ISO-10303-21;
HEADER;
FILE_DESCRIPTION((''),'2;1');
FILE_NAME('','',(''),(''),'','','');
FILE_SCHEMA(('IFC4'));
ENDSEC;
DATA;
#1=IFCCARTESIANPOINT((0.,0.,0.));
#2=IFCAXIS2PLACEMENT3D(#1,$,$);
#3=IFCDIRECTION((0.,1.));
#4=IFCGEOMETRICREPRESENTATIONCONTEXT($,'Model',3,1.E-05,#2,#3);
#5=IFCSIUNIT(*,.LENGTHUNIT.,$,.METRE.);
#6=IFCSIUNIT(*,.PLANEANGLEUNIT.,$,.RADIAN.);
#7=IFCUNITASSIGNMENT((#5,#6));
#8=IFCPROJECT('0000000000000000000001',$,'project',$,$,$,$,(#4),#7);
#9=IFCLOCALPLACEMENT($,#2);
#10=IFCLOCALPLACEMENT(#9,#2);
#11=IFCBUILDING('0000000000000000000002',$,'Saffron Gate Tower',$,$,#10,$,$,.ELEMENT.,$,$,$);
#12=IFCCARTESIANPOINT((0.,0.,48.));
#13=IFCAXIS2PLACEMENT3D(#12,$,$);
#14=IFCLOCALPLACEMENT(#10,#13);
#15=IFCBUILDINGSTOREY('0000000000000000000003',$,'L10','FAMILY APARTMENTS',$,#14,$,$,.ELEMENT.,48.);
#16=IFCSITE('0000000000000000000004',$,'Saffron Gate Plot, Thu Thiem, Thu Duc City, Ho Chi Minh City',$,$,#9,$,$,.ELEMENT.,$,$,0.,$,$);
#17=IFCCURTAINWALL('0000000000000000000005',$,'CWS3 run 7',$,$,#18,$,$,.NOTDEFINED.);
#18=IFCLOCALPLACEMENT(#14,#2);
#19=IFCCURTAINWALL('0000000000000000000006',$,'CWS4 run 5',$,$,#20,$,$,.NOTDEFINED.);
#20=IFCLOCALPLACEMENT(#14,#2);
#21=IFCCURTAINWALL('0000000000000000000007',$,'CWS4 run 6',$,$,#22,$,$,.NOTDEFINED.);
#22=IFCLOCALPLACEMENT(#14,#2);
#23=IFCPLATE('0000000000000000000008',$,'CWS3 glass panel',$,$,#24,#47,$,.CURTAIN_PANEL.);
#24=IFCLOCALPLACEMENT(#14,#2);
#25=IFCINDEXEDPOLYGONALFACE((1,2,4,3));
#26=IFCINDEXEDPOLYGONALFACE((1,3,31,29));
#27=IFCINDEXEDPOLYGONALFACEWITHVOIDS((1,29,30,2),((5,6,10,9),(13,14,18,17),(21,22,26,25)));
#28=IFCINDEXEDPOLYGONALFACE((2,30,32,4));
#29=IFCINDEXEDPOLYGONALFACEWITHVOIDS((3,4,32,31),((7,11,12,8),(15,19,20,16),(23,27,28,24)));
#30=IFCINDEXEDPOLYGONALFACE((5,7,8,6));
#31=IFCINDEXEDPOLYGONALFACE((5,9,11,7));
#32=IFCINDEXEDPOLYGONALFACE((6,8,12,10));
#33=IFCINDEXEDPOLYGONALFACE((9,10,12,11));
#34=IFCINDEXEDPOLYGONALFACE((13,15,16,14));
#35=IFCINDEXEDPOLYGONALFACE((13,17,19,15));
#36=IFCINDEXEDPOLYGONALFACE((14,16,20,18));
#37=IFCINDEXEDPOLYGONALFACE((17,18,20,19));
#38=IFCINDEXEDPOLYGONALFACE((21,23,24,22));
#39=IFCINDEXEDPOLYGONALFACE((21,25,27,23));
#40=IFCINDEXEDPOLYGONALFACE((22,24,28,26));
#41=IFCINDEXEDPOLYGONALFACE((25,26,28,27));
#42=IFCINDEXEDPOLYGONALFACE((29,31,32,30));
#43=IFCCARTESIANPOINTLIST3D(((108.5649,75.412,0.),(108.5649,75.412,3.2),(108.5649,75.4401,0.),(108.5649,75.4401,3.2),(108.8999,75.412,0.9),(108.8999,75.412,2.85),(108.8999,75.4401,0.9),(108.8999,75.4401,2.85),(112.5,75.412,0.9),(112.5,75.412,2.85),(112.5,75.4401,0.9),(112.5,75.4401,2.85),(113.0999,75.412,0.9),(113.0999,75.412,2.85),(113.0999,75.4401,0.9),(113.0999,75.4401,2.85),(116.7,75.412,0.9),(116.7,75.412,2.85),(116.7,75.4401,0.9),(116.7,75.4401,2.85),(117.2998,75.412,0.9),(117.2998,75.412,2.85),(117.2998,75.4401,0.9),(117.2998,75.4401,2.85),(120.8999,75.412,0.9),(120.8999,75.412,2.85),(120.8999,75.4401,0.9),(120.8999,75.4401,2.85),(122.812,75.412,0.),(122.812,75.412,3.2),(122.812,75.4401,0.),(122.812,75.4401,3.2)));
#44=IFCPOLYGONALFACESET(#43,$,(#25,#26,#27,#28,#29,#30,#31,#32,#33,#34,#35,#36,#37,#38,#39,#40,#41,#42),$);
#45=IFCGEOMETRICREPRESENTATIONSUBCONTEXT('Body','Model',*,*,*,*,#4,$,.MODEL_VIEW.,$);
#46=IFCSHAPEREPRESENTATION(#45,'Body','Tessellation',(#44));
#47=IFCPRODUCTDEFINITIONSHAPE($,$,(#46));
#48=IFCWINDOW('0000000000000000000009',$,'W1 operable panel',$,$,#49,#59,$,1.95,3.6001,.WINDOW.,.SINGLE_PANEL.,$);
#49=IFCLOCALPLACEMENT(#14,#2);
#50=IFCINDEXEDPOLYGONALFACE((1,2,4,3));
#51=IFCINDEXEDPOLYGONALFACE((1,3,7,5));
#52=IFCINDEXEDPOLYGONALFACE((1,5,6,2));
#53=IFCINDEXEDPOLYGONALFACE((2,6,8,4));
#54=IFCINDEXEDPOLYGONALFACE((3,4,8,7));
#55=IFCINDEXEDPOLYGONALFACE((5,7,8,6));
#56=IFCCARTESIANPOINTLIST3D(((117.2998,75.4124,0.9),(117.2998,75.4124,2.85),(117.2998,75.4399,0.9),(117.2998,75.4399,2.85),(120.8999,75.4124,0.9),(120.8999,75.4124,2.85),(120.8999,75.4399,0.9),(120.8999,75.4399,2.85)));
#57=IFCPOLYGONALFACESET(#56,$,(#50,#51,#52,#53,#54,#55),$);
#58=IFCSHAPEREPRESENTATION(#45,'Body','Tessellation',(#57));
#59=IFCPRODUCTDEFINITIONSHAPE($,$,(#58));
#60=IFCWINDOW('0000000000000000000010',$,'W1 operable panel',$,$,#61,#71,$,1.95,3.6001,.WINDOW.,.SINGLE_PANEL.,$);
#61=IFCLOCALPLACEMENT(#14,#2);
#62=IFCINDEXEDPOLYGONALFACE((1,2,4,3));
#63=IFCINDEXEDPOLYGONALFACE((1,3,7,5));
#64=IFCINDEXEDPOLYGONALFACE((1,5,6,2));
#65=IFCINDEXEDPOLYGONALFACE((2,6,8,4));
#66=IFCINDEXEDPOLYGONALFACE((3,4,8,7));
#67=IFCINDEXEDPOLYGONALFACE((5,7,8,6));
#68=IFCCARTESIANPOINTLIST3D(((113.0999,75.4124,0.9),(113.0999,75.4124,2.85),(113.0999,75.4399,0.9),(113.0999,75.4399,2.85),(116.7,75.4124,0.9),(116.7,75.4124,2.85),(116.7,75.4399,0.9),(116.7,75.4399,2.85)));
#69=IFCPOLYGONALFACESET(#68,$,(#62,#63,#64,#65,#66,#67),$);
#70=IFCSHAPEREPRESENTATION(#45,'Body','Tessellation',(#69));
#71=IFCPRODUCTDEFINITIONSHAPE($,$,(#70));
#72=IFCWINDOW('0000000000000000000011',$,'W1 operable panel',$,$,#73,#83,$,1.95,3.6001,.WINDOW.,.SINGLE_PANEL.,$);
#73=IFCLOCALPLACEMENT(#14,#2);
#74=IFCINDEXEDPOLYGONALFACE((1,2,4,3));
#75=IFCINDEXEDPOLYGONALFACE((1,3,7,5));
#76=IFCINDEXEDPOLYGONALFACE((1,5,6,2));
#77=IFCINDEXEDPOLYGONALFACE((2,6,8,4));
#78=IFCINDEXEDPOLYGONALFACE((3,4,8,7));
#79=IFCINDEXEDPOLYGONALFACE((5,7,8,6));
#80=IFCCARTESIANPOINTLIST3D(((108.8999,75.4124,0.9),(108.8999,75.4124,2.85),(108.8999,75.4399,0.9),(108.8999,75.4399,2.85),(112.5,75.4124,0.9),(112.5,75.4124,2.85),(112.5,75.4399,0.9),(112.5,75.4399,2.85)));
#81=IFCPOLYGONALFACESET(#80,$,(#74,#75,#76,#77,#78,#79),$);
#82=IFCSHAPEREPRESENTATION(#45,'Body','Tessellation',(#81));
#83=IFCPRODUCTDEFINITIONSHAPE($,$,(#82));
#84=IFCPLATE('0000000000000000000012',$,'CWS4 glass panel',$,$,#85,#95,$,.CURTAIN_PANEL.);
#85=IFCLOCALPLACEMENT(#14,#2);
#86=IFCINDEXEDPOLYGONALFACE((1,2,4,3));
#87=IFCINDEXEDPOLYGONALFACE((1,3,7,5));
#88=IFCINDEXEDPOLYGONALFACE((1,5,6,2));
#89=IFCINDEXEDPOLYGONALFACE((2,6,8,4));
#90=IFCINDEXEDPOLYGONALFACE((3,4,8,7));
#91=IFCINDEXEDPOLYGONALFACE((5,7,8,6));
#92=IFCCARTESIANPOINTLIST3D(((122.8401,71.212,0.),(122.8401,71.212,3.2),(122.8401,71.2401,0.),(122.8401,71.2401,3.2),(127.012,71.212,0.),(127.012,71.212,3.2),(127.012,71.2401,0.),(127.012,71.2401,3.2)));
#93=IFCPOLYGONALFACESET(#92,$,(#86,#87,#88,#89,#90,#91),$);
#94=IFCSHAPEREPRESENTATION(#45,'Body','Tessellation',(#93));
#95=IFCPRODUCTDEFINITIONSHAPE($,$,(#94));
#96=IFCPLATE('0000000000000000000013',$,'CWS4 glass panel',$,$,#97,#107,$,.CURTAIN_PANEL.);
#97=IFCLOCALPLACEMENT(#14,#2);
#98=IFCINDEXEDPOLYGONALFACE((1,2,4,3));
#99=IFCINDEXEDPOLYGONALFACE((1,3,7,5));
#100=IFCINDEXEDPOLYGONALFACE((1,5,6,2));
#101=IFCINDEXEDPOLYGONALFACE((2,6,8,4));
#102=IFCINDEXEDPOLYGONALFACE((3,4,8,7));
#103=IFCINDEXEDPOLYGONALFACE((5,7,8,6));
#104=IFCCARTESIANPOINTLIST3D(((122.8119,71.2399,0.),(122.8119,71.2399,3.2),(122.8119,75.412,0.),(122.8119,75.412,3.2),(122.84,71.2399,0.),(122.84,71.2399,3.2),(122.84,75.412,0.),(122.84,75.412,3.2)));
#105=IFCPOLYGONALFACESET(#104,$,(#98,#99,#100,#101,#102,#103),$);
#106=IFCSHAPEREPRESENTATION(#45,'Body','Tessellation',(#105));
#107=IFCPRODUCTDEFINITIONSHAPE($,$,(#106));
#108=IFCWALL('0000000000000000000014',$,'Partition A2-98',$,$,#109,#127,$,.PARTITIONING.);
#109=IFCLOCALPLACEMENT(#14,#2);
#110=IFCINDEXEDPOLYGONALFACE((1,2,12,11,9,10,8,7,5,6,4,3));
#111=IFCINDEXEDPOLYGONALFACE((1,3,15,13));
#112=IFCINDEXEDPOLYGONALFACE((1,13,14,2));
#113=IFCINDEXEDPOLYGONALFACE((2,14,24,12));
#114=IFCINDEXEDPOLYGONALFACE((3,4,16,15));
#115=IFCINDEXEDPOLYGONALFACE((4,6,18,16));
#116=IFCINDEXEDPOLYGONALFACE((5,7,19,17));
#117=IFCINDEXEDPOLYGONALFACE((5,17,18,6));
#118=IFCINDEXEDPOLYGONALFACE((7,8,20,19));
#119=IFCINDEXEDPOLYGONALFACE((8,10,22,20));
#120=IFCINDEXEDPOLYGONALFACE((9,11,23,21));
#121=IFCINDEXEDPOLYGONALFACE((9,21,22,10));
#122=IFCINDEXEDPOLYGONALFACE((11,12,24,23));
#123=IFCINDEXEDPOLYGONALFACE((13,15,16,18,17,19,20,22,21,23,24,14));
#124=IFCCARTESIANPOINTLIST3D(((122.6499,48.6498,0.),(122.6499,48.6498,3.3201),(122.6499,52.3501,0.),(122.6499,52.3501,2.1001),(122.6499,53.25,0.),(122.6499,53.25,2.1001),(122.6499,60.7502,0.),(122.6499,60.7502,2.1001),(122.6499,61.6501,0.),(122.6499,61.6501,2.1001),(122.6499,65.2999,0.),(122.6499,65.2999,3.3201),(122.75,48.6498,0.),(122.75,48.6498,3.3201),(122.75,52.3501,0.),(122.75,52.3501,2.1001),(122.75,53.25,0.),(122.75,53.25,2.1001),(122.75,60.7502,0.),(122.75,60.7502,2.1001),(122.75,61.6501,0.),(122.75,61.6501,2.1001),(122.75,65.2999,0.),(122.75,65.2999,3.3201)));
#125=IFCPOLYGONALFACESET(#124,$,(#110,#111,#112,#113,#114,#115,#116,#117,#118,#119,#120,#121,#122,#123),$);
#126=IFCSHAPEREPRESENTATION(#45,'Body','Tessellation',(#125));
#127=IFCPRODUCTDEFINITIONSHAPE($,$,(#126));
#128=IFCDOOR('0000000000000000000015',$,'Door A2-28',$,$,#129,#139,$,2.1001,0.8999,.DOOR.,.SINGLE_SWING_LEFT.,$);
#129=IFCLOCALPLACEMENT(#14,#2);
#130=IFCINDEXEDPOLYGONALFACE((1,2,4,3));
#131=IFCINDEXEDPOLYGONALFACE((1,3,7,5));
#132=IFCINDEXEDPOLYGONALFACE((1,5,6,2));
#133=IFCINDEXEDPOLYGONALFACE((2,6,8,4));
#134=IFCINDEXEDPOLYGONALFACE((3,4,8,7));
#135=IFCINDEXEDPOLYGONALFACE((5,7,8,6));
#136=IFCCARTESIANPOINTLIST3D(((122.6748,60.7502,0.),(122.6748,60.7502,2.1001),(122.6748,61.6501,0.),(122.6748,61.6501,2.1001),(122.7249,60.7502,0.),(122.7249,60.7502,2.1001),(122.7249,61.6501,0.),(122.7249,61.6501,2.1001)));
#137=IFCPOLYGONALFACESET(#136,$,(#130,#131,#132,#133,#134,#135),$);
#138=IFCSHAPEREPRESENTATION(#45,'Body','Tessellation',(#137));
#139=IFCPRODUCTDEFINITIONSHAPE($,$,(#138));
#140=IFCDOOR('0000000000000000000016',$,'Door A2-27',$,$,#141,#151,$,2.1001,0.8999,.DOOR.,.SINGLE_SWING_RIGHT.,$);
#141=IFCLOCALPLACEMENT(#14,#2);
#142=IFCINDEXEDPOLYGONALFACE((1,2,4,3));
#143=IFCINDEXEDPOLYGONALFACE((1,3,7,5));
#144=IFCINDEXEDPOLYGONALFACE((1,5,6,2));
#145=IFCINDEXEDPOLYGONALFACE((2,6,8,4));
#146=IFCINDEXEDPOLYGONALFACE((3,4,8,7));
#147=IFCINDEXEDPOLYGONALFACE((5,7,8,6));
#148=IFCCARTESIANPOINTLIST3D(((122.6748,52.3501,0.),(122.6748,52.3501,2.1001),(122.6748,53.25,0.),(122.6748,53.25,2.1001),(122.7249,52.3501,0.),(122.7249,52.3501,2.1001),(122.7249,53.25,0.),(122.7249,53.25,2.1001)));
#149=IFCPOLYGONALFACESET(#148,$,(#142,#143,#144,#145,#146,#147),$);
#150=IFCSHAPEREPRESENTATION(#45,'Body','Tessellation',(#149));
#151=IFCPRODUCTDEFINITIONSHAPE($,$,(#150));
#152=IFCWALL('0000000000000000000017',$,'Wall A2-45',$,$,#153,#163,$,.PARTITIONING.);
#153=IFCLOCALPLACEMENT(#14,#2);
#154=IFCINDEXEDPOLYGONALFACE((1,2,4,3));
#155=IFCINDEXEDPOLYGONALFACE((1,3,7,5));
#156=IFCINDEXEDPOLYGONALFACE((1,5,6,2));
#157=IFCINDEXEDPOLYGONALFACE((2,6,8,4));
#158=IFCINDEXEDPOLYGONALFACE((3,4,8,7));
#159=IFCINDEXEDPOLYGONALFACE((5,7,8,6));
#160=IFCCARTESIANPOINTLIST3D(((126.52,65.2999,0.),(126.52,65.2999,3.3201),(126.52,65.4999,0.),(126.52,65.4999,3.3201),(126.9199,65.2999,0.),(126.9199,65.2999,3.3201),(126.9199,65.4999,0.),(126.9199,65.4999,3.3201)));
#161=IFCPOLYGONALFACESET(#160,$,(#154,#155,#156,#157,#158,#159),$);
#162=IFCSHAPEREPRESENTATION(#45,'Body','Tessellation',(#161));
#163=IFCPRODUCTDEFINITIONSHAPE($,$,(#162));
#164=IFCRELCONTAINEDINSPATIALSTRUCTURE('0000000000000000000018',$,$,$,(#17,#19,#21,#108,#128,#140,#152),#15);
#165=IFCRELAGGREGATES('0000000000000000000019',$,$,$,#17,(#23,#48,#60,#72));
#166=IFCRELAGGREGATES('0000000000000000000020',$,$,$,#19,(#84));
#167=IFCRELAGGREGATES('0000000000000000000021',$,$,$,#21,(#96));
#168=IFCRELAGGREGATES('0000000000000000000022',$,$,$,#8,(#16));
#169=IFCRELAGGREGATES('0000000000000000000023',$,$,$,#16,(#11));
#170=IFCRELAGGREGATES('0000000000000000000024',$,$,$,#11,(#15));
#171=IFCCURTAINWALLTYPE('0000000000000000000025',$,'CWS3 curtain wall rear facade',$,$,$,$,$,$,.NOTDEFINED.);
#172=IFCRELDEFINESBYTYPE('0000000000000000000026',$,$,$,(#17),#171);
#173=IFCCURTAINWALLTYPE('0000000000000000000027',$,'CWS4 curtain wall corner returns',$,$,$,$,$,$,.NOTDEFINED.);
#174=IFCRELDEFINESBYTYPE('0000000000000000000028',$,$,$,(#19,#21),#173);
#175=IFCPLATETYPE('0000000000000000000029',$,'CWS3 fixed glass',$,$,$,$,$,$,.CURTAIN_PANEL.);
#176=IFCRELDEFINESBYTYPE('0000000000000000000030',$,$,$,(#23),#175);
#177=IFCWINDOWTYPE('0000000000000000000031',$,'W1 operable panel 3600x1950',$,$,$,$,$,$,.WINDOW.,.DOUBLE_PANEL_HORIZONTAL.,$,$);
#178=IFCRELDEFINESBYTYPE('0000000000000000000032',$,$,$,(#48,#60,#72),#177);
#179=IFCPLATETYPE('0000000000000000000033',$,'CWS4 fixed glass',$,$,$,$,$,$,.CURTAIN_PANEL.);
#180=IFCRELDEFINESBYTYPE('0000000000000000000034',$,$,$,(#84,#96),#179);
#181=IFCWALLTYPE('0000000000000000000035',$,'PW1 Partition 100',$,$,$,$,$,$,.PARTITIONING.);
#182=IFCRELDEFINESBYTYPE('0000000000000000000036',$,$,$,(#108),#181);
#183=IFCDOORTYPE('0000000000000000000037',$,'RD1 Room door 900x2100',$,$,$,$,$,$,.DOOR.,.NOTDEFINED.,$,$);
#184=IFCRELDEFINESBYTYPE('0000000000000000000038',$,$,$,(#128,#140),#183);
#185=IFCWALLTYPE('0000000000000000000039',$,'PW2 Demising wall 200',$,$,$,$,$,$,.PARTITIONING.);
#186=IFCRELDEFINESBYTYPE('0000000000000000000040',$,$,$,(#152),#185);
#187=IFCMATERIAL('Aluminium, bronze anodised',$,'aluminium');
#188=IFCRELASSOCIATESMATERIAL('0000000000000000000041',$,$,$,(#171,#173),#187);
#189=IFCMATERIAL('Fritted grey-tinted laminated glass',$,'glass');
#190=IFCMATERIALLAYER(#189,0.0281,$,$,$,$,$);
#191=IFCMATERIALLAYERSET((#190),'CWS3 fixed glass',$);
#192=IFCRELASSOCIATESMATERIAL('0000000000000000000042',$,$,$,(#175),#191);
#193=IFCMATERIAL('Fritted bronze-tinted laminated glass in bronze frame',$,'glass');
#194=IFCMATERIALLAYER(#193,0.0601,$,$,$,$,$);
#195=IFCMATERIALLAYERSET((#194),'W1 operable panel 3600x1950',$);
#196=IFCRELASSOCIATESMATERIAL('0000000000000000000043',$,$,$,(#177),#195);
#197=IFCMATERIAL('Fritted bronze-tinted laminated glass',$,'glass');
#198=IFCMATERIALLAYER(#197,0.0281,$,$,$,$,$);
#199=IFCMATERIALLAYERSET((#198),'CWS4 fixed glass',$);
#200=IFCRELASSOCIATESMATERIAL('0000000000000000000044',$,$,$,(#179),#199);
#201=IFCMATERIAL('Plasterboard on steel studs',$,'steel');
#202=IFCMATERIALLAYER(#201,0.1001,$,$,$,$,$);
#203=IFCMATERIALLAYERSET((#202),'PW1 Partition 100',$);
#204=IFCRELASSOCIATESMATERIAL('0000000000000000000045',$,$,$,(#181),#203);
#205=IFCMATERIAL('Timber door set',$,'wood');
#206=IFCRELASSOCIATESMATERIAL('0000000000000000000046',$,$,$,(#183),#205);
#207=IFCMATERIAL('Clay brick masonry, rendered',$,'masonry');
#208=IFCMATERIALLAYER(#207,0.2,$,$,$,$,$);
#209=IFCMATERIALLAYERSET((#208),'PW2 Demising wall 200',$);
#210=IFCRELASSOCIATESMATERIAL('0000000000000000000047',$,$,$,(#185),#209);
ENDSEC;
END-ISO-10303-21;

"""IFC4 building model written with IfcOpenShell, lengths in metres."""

from ifc_helpers import new_model, si_unit, direction, frame, frame_2d, origin, place, context, subcontext, project, spatial, rectangle, extrude, material, layer, layer_set, type_object, element, fill, aggregate, save


model = new_model("IFC4")

# Units and contexts
model_context = context("Model", 3, precision=1e-05, world=origin(), true_north=direction((0.0, 1.0)))
body_context = subcontext(model_context, "Body", "Model", "MODEL_VIEW")
ifc_project = project(units=[si_unit("LENGTHUNIT", "METRE"), si_unit("PLANEANGLEUNIT", "RADIAN")], contexts=[model_context])

# Site, building, storey
site_placement = place(None, origin())
site = spatial("IfcSite", under=ifc_project, at=site_placement, Name="Saffron Gate Plot, Thu Thiem, Thu Duc City, Ho Chi Minh City", CompositionType="ELEMENT", RefElevation=0.0)
building_placement = place(site_placement, origin())
building = spatial("IfcBuilding", under=site, at=building_placement, Name="Saffron Gate Tower", CompositionType="ELEMENT")
storey_placement = place(building_placement, frame((0.0, 0.0, 48.0)))
storey = spatial("IfcBuildingStorey", under=building, at=storey_placement, Name="L10", Description="FAMILY APARTMENTS", CompositionType="ELEMENT", Elevation=48.0)

# Curtain walls
ifc_material_1 = material(Name="Aluminium, bronze anodised", Category="aluminium")
curtain_wall_type_1 = type_object("IfcCurtainWallType", Name="CWS3 curtain wall rear facade", PredefinedType="NOTDEFINED", material=ifc_material_1)
curtain_wall_1_placement = place(storey_placement, origin())
curtain_wall_1 = element("IfcCurtainWall", 1, at=curtain_wall_1_placement, inside=storey, type_object=curtain_wall_type_1, Name="CWS3 run 7", PredefinedType="NOTDEFINED")
curtain_wall_type_2 = type_object("IfcCurtainWallType", Name="CWS4 curtain wall corner returns", PredefinedType="NOTDEFINED", material=ifc_material_1)
curtain_wall_2_placement = place(storey_placement, origin())
curtain_wall_2 = element("IfcCurtainWall", 2, at=curtain_wall_2_placement, inside=storey, type_object=curtain_wall_type_2, Name="CWS4 run 5", PredefinedType="NOTDEFINED")
curtain_wall_3_placement = place(storey_placement, origin())
curtain_wall_3 = element("IfcCurtainWall", 3, at=curtain_wall_3_placement, inside=storey, type_object=curtain_wall_type_2, Name="CWS4 run 6", PredefinedType="NOTDEFINED")

# Plate, openings, windows
ifc_material_2 = material(Name="Fritted grey-tinted laminated glass", Category="glass")
ifc_layer_1 = layer(ifc_material_2, 0.0281)
ifc_layer_set_1 = layer_set([ifc_layer_1], Name="CWS3 fixed glass")
plate_type_1 = type_object("IfcPlateType", Name="CWS3 fixed glass", PredefinedType="CURTAIN_PANEL", material=ifc_layer_set_1)
plate_1_placement = place(storey_placement, frame((122.812, 75.426, 0.0), z_axis=(0.0, 0.0, 1.0), x_axis=(-1.0, 0.0, 0.0)))
plate_1 = element("IfcPlate", 4, at=plate_1_placement, type_object=plate_type_1, Name="CWS3 glass panel", PredefinedType="CURTAIN_PANEL", context=body_context, shape_type="SweptSolid", body=[
    extrude(rectangle(XDim=14.2471, YDim=0.0281, at=frame_2d((7.1235, 0.0))), origin(), (0.0, 0.0, 1.0), 3.2),
])
opening_1_placement = place(plate_1_placement, frame((1.9121, 0.0, 0.8999)))
opening_1 = element("IfcOpeningElement", 5, at=opening_1_placement, cuts=plate_1, PredefinedType="OPENING", context=body_context, shape_type="SweptSolid", body=[
    extrude(rectangle(XDim=3.6001, YDim=1.95, at=frame_2d((1.8, 0.9751))), frame((0.0, 0.0239, 0.0), z_axis=(0.0, -1.0, 0.0), x_axis=(1.0, 0.0, 0.0)), (0.0, 0.0, 1.0), 0.0481),
])
opening_2_placement = place(plate_1_placement, frame((6.1121, 0.0, 0.8999)))
opening_2 = element("IfcOpeningElement", 6, at=opening_2_placement, cuts=plate_1, PredefinedType="OPENING", context=body_context, shape_type="SweptSolid", body=[
    extrude(rectangle(XDim=3.6001, YDim=1.95, at=frame_2d((1.8, 0.9751))), frame((0.0, 0.0239, 0.0), z_axis=(0.0, -1.0, 0.0), x_axis=(1.0, 0.0, 0.0)), (0.0, 0.0, 1.0), 0.0481),
])
opening_3_placement = place(plate_1_placement, frame((10.312, 0.0, 0.8999)))
opening_3 = element("IfcOpeningElement", 7, at=opening_3_placement, cuts=plate_1, PredefinedType="OPENING", context=body_context, shape_type="SweptSolid", body=[
    extrude(rectangle(XDim=3.6001, YDim=1.95, at=frame_2d((1.8, 0.9751))), frame((0.0, 0.0239, 0.0), z_axis=(0.0, -1.0, 0.0), x_axis=(1.0, 0.0, 0.0)), (0.0, 0.0, 1.0), 0.0481),
])
ifc_material_3 = material(Name="Fritted bronze-tinted laminated glass in bronze frame", Category="glass")
ifc_layer_2 = layer(ifc_material_3, 0.0601)
ifc_layer_set_2 = layer_set([ifc_layer_2], Name="W1 operable panel 3600x1950")
window_type = type_object("IfcWindowType", Name="W1 operable panel 3600x1950", PartitioningType="DOUBLE_PANEL_HORIZONTAL", PredefinedType="WINDOW", material=ifc_layer_set_2)
window_1_placement = place(opening_1_placement, origin())
window_1 = element("IfcWindow", 8, at=window_1_placement, type_object=window_type, Name="W1 operable panel", OverallHeight=1.95, OverallWidth=3.6001, PartitioningType="SINGLE_PANEL", PredefinedType="WINDOW", context=body_context, shape_type="SweptSolid", body=[
    extrude(rectangle(XDim=3.6001, YDim=1.95, at=frame_2d((1.8, 0.9751))), frame((0.0, 0.0137, 0.0), z_axis=(0.0, -1.0, 0.0), x_axis=(1.0, 0.0, 0.0)), (0.0, 0.0, 1.0), 0.0276),
])
fill(opening_1, window_1)
window_2_placement = place(opening_2_placement, origin())
window_2 = element("IfcWindow", 9, at=window_2_placement, type_object=window_type, Name="W1 operable panel", OverallHeight=1.95, OverallWidth=3.6001, PartitioningType="SINGLE_PANEL", PredefinedType="WINDOW", context=body_context, shape_type="SweptSolid", body=[
    extrude(rectangle(XDim=3.6001, YDim=1.95, at=frame_2d((1.8, 0.9751))), frame((0.0, 0.0137, 0.0), z_axis=(0.0, -1.0, 0.0), x_axis=(1.0, 0.0, 0.0)), (0.0, 0.0, 1.0), 0.0276),
])
fill(opening_2, window_2)
window_3_placement = place(opening_3_placement, origin())
window_3 = element("IfcWindow", 10, at=window_3_placement, type_object=window_type, Name="W1 operable panel", OverallHeight=1.95, OverallWidth=3.6001, PartitioningType="SINGLE_PANEL", PredefinedType="WINDOW", context=body_context, shape_type="SweptSolid", body=[
    extrude(rectangle(XDim=3.6001, YDim=1.95, at=frame_2d((1.8, 0.9751))), frame((0.0, 0.0137, 0.0), z_axis=(0.0, -1.0, 0.0), x_axis=(1.0, 0.0, 0.0)), (0.0, 0.0, 1.0), 0.0276),
])
fill(opening_3, window_3)
aggregate(curtain_wall_1, [plate_1, window_1, window_2, window_3])

# Plates
ifc_material_4 = material(Name="Fritted bronze-tinted laminated glass", Category="glass")
ifc_layer_3 = layer(ifc_material_4, 0.0281)
ifc_layer_set_3 = layer_set([ifc_layer_3], Name="CWS4 fixed glass")
plate_type_2 = type_object("IfcPlateType", Name="CWS4 fixed glass", PredefinedType="CURTAIN_PANEL", material=ifc_layer_set_3)
plate_2_placement = place(storey_placement, frame((127.012, 71.2261, 0.0), z_axis=(0.0, 0.0, 1.0), x_axis=(-1.0, 0.0, 0.0)))
plate_2 = element("IfcPlate", 11, at=plate_2_placement, type_object=plate_type_2, Name="CWS4 glass panel", PredefinedType="CURTAIN_PANEL", context=body_context, shape_type="SweptSolid", body=[
    extrude(rectangle(XDim=4.1719, YDim=0.0281, at=frame_2d((2.0859, 0.0))), origin(), (0.0, 0.0, 1.0), 3.2),
])
aggregate(curtain_wall_2, [plate_2])
plate_3_placement = place(storey_placement, frame((122.8259, 71.24, 0.0), z_axis=(0.0, 0.0, 1.0), x_axis=(0.0, 1.0, 0.0)))
plate_3 = element("IfcPlate", 12, at=plate_3_placement, type_object=plate_type_2, Name="CWS4 glass panel", PredefinedType="CURTAIN_PANEL", context=body_context, shape_type="SweptSolid", body=[
    extrude(rectangle(XDim=4.1721, YDim=0.0281, at=frame_2d((2.0859, 0.0))), origin(), (0.0, 0.0, 1.0), 3.2),
])
aggregate(curtain_wall_3, [plate_3])

# Wall, openings, doors
ifc_material_5 = material(Name="Plasterboard on steel studs", Category="steel")
ifc_layer_4 = layer(ifc_material_5, 0.1001)
ifc_layer_set_4 = layer_set([ifc_layer_4], Name="PW1 Partition 100")
wall_type_1 = type_object("IfcWallType", Name="PW1 Partition 100", PredefinedType="PARTITIONING", material=ifc_layer_set_4)
wall_1_placement = place(storey_placement, frame((122.7, 65.3, 0.0), z_axis=(0.0, 0.0, 1.0), x_axis=(0.0, -1.0, 0.0)))
wall_1 = element("IfcWall", 13, at=wall_1_placement, inside=storey, type_object=wall_type_1, Name="Partition A2-98", PredefinedType="PARTITIONING", context=body_context, shape_type="SweptSolid", body=[
    extrude(rectangle(XDim=16.6501, YDim=0.1001, at=frame_2d((8.3252, 0.0))), origin(), (0.0, 0.0, 1.0), 3.3201),
])
opening_4_placement = place(wall_1_placement, frame((3.6499, 0.0, 0.0)))
opening_4 = element("IfcOpeningElement", 14, at=opening_4_placement, cuts=wall_1, PredefinedType="OPENING", context=body_context, shape_type="SweptSolid", body=[
    extrude(rectangle(XDim=0.8999, YDim=2.1001, at=frame_2d((0.45, 1.05))), frame((0.0, 0.0601, 0.0), z_axis=(0.0, -1.0, 0.0), x_axis=(1.0, 0.0, 0.0)), (0.0, 0.0, 1.0), 0.1201),
])
opening_5_placement = place(wall_1_placement, frame((12.05, 0.0, 0.0)))
opening_5 = element("IfcOpeningElement", 15, at=opening_5_placement, cuts=wall_1, PredefinedType="OPENING", context=body_context, shape_type="SweptSolid", body=[
    extrude(rectangle(XDim=0.8999, YDim=2.1001, at=frame_2d((0.45, 1.05))), frame((0.0, 0.0601, 0.0), z_axis=(0.0, -1.0, 0.0), x_axis=(1.0, 0.0, 0.0)), (0.0, 0.0, 1.0), 0.1201),
])
ifc_material_6 = material(Name="Timber door set", Category="wood")
door_type = type_object("IfcDoorType", Name="RD1 Room door 900x2100", OperationType="NOTDEFINED", PredefinedType="DOOR", material=ifc_material_6)
door_1_placement = place(opening_4_placement, origin())
door_1 = element("IfcDoor", 16, at=door_1_placement, inside=storey, type_object=door_type, Name="Door A2-28", OperationType="SINGLE_SWING_LEFT", OverallHeight=2.1001, OverallWidth=0.8999, PredefinedType="DOOR", context=body_context, shape_type="SweptSolid", body=[
    extrude(rectangle(XDim=0.8999, YDim=2.1001, at=frame_2d((0.45, 1.05))), frame((0.0, 0.0249, 0.0), z_axis=(0.0, -1.0, 0.0), x_axis=(1.0, 0.0, 0.0)), (0.0, 0.0, 1.0), 0.05),
])
fill(opening_4, door_1)
door_2_placement = place(opening_5_placement, origin())
door_2 = element("IfcDoor", 17, at=door_2_placement, inside=storey, type_object=door_type, Name="Door A2-27", OperationType="SINGLE_SWING_RIGHT", OverallHeight=2.1001, OverallWidth=0.8999, PredefinedType="DOOR", context=body_context, shape_type="SweptSolid", body=[
    extrude(rectangle(XDim=0.8999, YDim=2.1001, at=frame_2d((0.45, 1.05))), frame((0.0, 0.0249, 0.0), z_axis=(0.0, -1.0, 0.0), x_axis=(1.0, 0.0, 0.0)), (0.0, 0.0, 1.0), 0.05),
])
fill(opening_5, door_2)

# Wall
ifc_material_7 = material(Name="Clay brick masonry, rendered", Category="masonry")
ifc_layer_5 = layer(ifc_material_7, 0.2)
ifc_layer_set_5 = layer_set([ifc_layer_5], Name="PW2 Demising wall 200")
wall_type_2 = type_object("IfcWallType", Name="PW2 Demising wall 200", PredefinedType="PARTITIONING", material=ifc_layer_set_5)
wall_2_placement = place(storey_placement, frame((126.52, 65.3999, 0.0), z_axis=(0.0, 0.0, 1.0), x_axis=(1.0, 0.0, 0.0)))
element("IfcWall", 18, at=wall_2_placement, inside=storey, type_object=wall_type_2, Name="Wall A2-45", PredefinedType="PARTITIONING", context=body_context, shape_type="SweptSolid", body=[
    extrude(rectangle(XDim=0.3999, YDim=0.2, at=frame_2d((0.2, 0.0))), origin(), (0.0, 0.0, 1.0), 3.3201),
])

save(model, "model.ifc")
